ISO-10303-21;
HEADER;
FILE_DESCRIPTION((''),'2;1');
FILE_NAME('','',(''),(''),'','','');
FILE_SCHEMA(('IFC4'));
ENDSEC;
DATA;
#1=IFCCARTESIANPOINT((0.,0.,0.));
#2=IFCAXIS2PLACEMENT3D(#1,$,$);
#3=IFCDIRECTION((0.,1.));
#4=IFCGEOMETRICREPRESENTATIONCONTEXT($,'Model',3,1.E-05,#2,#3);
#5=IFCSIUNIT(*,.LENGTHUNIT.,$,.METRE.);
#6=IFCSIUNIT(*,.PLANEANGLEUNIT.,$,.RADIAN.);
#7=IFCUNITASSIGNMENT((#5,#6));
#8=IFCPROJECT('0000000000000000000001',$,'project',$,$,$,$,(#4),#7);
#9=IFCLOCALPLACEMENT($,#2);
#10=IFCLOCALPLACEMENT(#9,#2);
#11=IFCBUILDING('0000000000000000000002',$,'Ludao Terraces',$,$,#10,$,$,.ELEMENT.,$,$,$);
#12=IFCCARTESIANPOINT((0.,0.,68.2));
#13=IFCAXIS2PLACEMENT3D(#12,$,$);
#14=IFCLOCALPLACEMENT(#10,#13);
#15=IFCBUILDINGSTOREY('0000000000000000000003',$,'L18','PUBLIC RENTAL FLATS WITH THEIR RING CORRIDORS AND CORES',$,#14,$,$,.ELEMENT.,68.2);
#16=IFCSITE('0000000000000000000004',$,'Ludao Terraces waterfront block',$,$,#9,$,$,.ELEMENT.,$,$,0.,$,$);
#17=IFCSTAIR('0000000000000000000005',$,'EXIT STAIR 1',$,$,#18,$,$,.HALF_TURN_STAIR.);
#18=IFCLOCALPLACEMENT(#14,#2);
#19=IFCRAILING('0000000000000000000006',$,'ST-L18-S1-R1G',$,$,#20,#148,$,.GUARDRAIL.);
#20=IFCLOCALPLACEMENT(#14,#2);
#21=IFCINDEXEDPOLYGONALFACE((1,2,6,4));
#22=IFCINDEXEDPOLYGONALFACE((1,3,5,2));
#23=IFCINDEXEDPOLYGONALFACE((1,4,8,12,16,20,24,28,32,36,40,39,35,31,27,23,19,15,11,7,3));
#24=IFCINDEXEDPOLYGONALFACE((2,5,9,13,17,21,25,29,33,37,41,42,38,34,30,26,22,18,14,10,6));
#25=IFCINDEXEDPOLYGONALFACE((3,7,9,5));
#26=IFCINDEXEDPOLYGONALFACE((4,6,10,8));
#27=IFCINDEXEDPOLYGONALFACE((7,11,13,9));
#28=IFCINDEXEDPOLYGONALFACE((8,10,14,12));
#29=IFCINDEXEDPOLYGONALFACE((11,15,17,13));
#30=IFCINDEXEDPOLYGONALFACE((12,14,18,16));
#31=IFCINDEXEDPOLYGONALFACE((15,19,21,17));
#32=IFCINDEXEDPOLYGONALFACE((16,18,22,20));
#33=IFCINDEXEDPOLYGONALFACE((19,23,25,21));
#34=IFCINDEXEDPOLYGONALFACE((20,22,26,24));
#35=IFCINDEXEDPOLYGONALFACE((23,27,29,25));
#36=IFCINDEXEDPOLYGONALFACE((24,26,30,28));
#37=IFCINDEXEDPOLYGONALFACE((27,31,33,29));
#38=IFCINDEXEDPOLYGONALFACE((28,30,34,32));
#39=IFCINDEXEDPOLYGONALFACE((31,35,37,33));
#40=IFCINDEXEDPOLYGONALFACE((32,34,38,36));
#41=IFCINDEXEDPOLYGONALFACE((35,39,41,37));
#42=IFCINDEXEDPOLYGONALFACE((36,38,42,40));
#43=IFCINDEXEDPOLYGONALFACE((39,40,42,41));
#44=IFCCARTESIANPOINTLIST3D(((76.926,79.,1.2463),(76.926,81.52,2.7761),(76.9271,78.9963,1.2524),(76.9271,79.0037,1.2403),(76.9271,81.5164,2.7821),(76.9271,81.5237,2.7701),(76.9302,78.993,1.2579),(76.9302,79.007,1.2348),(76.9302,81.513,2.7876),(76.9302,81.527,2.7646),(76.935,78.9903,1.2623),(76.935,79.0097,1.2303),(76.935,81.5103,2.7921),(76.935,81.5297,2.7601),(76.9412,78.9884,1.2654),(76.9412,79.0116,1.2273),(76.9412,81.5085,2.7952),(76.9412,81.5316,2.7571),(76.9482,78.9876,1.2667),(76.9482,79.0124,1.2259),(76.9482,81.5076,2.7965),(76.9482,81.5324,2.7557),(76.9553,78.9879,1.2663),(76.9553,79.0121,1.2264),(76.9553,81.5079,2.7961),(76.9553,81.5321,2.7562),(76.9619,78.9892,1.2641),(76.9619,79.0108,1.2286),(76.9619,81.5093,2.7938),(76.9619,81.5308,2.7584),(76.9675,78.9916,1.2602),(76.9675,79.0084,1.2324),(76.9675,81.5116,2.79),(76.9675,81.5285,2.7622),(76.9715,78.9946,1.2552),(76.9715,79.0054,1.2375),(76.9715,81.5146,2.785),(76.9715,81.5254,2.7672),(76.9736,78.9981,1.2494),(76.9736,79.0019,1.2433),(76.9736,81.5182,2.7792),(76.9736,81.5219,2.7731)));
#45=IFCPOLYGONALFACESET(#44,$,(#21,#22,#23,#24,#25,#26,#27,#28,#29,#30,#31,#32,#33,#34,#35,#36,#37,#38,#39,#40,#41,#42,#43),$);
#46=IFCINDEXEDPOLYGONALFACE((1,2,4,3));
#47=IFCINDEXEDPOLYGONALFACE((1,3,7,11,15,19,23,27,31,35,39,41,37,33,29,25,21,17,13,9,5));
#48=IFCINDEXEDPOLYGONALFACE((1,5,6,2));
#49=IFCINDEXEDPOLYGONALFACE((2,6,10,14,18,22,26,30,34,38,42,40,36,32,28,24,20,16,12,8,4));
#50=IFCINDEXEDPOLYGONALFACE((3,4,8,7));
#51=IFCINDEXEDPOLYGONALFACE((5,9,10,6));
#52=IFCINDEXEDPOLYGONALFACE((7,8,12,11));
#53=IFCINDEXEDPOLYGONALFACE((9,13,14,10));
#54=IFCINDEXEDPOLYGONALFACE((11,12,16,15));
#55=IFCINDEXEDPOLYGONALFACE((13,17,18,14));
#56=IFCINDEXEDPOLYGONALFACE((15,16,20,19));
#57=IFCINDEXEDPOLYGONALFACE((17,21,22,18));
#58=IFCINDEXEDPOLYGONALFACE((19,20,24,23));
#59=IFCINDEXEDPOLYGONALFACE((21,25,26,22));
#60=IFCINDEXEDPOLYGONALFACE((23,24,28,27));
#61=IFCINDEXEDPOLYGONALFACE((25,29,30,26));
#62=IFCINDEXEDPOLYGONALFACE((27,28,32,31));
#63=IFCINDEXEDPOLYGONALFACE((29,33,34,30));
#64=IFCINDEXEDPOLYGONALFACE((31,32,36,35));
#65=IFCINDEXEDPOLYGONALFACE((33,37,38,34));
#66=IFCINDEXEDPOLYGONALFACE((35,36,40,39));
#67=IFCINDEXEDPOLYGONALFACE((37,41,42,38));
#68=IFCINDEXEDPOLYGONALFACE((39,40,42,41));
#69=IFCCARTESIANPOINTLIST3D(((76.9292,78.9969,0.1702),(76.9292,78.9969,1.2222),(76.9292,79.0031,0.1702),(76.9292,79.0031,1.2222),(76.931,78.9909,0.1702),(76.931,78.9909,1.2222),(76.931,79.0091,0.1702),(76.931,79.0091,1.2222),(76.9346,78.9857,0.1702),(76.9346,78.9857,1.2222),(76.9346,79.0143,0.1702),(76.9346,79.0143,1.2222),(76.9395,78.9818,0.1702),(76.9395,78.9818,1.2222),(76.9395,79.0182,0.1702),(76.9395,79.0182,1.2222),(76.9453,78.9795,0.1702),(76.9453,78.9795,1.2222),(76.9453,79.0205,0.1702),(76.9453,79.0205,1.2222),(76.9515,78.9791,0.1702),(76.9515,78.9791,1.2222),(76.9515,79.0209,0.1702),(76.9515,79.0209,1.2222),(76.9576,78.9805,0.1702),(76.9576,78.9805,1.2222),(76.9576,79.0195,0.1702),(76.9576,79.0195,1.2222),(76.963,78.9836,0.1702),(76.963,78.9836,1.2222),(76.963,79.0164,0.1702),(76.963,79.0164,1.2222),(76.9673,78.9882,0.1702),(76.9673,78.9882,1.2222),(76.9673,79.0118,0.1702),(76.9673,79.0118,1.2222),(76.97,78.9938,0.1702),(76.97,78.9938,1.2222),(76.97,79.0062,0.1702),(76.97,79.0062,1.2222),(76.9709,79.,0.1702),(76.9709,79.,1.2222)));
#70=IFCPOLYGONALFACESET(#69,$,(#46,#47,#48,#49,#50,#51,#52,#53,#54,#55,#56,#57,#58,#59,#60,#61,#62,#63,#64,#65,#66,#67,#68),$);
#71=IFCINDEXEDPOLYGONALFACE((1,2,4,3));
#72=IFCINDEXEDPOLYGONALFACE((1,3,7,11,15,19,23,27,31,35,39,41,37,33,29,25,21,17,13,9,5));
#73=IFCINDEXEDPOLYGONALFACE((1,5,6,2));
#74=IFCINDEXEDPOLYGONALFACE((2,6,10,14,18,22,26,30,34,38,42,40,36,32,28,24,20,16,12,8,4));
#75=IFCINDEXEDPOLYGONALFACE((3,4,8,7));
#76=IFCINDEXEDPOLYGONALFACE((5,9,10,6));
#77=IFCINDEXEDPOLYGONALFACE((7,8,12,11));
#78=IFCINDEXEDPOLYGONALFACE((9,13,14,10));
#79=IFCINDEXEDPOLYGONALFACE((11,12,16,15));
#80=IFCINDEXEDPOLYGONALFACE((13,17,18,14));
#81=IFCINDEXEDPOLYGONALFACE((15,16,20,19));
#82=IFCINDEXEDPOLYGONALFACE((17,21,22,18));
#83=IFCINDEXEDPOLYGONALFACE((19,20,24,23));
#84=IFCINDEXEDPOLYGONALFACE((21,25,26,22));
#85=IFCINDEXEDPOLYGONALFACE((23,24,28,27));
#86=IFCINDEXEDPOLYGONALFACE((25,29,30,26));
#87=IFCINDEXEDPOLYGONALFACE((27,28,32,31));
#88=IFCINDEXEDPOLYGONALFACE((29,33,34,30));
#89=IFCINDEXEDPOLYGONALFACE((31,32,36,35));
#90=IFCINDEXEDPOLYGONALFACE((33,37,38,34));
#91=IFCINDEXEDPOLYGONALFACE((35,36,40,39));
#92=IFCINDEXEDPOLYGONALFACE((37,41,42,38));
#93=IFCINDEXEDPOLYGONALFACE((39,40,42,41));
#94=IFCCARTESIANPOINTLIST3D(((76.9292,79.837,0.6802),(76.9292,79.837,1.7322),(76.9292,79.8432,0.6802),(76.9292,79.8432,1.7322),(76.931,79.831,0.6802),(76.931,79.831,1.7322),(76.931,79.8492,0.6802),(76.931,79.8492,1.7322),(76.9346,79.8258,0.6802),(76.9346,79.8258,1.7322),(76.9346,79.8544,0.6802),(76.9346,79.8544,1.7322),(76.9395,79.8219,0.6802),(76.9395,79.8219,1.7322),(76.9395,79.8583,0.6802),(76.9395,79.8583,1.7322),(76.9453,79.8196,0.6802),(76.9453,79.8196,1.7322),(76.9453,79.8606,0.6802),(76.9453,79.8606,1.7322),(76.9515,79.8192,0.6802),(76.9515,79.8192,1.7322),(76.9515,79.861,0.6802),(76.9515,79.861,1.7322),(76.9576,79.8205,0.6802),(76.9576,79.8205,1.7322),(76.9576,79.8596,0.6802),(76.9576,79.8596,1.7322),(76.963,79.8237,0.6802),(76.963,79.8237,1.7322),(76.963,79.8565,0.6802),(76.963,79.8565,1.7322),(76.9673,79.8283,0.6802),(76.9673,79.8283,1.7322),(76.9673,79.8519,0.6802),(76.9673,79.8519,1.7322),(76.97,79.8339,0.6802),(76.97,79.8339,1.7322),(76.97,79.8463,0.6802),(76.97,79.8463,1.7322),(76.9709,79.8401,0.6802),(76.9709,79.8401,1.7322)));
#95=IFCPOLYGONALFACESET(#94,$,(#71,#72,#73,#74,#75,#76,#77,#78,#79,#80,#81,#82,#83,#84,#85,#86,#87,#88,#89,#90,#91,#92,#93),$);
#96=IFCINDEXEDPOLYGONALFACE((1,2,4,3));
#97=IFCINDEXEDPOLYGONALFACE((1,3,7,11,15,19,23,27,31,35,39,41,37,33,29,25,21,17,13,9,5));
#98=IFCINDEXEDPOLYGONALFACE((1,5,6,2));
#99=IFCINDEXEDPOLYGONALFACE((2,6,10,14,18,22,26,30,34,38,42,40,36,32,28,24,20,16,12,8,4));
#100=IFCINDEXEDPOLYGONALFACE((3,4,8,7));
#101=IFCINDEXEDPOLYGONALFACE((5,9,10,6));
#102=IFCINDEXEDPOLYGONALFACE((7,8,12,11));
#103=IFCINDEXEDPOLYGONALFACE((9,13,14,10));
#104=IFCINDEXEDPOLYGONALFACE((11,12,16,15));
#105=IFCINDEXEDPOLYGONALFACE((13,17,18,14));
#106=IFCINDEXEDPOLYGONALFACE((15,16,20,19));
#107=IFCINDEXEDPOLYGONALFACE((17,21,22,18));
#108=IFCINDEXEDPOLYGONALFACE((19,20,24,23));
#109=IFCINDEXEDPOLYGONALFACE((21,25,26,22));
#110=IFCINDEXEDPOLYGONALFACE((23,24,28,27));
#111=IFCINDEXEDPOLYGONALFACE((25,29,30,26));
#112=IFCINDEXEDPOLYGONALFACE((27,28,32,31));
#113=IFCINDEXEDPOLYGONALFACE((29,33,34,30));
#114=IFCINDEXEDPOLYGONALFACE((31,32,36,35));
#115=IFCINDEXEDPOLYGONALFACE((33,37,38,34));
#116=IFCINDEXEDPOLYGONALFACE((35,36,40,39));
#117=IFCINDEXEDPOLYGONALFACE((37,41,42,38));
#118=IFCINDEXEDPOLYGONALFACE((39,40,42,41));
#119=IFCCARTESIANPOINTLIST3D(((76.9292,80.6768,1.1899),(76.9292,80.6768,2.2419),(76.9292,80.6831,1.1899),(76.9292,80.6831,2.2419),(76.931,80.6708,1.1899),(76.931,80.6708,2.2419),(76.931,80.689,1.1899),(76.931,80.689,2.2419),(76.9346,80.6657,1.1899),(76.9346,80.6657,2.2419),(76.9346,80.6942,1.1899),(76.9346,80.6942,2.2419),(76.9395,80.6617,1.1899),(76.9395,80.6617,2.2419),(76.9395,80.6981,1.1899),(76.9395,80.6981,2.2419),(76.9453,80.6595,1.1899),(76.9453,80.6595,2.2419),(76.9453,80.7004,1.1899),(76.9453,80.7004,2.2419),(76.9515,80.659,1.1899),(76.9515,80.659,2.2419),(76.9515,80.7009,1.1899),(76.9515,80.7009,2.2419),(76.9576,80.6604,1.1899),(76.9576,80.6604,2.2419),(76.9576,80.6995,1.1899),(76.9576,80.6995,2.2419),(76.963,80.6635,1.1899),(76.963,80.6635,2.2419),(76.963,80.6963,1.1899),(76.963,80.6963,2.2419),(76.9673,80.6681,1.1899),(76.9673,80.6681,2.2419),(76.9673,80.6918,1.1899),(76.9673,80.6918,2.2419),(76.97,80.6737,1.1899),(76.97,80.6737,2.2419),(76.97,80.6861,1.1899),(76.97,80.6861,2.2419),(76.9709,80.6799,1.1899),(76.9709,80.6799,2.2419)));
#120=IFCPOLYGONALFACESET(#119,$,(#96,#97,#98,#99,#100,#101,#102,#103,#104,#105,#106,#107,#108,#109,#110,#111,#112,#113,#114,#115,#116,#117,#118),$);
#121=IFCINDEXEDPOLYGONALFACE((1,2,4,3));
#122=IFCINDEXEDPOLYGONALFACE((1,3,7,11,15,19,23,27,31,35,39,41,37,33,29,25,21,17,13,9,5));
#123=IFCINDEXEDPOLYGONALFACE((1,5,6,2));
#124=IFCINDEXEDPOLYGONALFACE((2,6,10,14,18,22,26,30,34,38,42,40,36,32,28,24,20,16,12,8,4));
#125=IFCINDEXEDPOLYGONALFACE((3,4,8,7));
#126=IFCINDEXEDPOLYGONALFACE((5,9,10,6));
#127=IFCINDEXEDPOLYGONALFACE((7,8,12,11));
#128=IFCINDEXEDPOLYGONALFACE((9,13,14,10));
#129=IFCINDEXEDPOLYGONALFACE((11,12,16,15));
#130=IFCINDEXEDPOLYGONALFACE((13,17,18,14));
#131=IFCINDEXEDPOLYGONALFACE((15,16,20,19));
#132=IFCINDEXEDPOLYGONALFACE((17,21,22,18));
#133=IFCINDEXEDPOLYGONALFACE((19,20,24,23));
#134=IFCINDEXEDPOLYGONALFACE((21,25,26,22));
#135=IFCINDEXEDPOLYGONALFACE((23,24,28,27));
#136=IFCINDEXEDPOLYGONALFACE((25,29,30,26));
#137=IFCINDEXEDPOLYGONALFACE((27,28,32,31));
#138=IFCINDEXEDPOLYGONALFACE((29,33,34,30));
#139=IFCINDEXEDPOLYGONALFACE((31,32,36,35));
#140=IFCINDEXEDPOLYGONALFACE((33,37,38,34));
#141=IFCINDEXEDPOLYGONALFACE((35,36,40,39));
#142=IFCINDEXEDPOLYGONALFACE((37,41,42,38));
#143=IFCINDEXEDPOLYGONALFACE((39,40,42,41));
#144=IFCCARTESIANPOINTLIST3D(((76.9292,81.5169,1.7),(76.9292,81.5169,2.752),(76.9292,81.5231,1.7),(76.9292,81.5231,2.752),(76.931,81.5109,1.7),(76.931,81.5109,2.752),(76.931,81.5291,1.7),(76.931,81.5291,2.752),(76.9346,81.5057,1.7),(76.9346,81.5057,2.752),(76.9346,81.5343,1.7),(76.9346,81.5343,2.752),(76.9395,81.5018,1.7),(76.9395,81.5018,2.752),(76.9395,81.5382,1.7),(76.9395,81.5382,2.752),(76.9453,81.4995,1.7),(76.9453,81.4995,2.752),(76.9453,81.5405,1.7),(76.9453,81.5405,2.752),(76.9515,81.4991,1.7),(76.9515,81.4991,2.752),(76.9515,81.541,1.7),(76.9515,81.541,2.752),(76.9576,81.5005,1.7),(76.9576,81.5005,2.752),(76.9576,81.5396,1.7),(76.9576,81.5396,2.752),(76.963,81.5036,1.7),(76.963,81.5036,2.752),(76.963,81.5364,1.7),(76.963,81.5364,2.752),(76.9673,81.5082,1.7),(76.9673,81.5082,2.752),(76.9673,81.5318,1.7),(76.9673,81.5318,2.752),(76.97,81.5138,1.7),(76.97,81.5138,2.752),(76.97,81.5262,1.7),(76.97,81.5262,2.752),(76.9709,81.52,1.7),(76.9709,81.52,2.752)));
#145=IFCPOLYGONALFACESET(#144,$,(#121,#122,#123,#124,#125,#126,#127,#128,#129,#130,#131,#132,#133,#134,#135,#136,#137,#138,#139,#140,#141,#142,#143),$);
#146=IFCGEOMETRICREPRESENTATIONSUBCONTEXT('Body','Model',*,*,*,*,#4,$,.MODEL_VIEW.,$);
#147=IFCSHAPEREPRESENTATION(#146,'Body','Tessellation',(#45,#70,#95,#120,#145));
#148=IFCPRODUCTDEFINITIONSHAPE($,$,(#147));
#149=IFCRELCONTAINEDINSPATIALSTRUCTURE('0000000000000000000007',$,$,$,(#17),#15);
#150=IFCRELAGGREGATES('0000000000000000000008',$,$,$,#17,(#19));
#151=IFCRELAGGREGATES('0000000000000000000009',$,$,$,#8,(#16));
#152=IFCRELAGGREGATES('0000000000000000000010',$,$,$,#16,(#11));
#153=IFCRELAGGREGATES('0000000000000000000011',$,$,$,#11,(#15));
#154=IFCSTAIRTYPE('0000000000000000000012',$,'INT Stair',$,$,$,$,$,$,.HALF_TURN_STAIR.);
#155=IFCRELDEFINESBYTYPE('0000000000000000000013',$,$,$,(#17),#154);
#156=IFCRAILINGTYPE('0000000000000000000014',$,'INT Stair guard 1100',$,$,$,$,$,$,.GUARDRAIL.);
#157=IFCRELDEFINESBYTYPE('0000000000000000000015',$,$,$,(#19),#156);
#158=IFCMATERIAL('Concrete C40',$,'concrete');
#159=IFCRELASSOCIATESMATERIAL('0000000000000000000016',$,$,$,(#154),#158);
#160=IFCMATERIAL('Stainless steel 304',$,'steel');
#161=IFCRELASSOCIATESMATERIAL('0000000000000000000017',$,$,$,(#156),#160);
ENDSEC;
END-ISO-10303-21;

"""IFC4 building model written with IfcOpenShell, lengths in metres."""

from ifc_helpers import new_model, si_unit, direction, frame, origin, origin_2d, place, context, subcontext, project, spatial, circle, extrude, material, type_object, element, aggregate, save


model = new_model("IFC4")

# Units and contexts
model_context = context("Model", 3, precision=1e-05, world=origin(), true_north=direction((0.0, 1.0)))
body_context = subcontext(model_context, "Body", "Model", "MODEL_VIEW")
ifc_project = project(units=[si_unit("LENGTHUNIT", "METRE"), si_unit("PLANEANGLEUNIT", "RADIAN")], contexts=[model_context])

# Site, building, storey
site_placement = place(None, origin())
site = spatial("IfcSite", under=ifc_project, at=site_placement, Name="Ludao Terraces waterfront block", CompositionType="ELEMENT", RefElevation=0.0)
building_placement = place(site_placement, origin())
building = spatial("IfcBuilding", under=site, at=building_placement, Name="Ludao Terraces", CompositionType="ELEMENT")
storey_placement = place(building_placement, frame((0.0, 0.0, 68.2)))
storey = spatial("IfcBuildingStorey", under=building, at=storey_placement, Name="L18", Description="PUBLIC RENTAL FLATS WITH THEIR RING CORRIDORS AND CORES", CompositionType="ELEMENT", Elevation=68.2)

# Stair, railing
ifc_material_1 = material(Name="Concrete C40", Category="concrete")
stair_type = type_object("IfcStairType", Name="INT Stair", PredefinedType="HALF_TURN_STAIR", material=ifc_material_1)
stair_placement = place(storey_placement, origin())
stair = element("IfcStair", 1, at=stair_placement, inside=storey, type_object=stair_type, Name="EXIT STAIR 1", PredefinedType="HALF_TURN_STAIR")
ifc_material_2 = material(Name="Stainless steel 304", Category="steel")
railing_type_1 = type_object("IfcRailingType", Name="INT Stair guard 1100", PredefinedType="GUARDRAIL", material=ifc_material_2)
railing_1_placement = place(storey_placement, frame((76.95, 79.0, 0.1702)))
railing_1 = element("IfcRailing", 2, at=railing_1_placement, type_object=railing_type_1, Name="ST-L18-S1-R1G", PredefinedType="GUARDRAIL", context=body_context, shape_type="SweptSolid", body=[
    extrude(circle(Radius=0.0239, at=origin_2d()), frame((0.0, 0.0, 1.0762), z_axis=(0.0, 0.854822, 0.518922), x_axis=(-1.0, 0.0, 0.0)), (0.0, 0.0, 1.0), 2.948),
    extrude(circle(Radius=0.021, at=origin_2d()), origin(), (0.0, 0.0, 1.0), 1.052),
    extrude(circle(Radius=0.021, at=origin_2d()), frame((0.0, 0.8401, 0.51)), (0.0, 0.0, 1.0), 1.052),
    extrude(circle(Radius=0.021, at=origin_2d()), frame((0.0, 1.6799, 1.0198)), (0.0, 0.0, 1.0), 1.052),
    extrude(circle(Radius=0.021, at=origin_2d()), frame((0.0, 2.52, 1.5298)), (0.0, 0.0, 1.0), 1.052),
])
aggregate(stair, [railing_1])

save(model, "model.ifc")
